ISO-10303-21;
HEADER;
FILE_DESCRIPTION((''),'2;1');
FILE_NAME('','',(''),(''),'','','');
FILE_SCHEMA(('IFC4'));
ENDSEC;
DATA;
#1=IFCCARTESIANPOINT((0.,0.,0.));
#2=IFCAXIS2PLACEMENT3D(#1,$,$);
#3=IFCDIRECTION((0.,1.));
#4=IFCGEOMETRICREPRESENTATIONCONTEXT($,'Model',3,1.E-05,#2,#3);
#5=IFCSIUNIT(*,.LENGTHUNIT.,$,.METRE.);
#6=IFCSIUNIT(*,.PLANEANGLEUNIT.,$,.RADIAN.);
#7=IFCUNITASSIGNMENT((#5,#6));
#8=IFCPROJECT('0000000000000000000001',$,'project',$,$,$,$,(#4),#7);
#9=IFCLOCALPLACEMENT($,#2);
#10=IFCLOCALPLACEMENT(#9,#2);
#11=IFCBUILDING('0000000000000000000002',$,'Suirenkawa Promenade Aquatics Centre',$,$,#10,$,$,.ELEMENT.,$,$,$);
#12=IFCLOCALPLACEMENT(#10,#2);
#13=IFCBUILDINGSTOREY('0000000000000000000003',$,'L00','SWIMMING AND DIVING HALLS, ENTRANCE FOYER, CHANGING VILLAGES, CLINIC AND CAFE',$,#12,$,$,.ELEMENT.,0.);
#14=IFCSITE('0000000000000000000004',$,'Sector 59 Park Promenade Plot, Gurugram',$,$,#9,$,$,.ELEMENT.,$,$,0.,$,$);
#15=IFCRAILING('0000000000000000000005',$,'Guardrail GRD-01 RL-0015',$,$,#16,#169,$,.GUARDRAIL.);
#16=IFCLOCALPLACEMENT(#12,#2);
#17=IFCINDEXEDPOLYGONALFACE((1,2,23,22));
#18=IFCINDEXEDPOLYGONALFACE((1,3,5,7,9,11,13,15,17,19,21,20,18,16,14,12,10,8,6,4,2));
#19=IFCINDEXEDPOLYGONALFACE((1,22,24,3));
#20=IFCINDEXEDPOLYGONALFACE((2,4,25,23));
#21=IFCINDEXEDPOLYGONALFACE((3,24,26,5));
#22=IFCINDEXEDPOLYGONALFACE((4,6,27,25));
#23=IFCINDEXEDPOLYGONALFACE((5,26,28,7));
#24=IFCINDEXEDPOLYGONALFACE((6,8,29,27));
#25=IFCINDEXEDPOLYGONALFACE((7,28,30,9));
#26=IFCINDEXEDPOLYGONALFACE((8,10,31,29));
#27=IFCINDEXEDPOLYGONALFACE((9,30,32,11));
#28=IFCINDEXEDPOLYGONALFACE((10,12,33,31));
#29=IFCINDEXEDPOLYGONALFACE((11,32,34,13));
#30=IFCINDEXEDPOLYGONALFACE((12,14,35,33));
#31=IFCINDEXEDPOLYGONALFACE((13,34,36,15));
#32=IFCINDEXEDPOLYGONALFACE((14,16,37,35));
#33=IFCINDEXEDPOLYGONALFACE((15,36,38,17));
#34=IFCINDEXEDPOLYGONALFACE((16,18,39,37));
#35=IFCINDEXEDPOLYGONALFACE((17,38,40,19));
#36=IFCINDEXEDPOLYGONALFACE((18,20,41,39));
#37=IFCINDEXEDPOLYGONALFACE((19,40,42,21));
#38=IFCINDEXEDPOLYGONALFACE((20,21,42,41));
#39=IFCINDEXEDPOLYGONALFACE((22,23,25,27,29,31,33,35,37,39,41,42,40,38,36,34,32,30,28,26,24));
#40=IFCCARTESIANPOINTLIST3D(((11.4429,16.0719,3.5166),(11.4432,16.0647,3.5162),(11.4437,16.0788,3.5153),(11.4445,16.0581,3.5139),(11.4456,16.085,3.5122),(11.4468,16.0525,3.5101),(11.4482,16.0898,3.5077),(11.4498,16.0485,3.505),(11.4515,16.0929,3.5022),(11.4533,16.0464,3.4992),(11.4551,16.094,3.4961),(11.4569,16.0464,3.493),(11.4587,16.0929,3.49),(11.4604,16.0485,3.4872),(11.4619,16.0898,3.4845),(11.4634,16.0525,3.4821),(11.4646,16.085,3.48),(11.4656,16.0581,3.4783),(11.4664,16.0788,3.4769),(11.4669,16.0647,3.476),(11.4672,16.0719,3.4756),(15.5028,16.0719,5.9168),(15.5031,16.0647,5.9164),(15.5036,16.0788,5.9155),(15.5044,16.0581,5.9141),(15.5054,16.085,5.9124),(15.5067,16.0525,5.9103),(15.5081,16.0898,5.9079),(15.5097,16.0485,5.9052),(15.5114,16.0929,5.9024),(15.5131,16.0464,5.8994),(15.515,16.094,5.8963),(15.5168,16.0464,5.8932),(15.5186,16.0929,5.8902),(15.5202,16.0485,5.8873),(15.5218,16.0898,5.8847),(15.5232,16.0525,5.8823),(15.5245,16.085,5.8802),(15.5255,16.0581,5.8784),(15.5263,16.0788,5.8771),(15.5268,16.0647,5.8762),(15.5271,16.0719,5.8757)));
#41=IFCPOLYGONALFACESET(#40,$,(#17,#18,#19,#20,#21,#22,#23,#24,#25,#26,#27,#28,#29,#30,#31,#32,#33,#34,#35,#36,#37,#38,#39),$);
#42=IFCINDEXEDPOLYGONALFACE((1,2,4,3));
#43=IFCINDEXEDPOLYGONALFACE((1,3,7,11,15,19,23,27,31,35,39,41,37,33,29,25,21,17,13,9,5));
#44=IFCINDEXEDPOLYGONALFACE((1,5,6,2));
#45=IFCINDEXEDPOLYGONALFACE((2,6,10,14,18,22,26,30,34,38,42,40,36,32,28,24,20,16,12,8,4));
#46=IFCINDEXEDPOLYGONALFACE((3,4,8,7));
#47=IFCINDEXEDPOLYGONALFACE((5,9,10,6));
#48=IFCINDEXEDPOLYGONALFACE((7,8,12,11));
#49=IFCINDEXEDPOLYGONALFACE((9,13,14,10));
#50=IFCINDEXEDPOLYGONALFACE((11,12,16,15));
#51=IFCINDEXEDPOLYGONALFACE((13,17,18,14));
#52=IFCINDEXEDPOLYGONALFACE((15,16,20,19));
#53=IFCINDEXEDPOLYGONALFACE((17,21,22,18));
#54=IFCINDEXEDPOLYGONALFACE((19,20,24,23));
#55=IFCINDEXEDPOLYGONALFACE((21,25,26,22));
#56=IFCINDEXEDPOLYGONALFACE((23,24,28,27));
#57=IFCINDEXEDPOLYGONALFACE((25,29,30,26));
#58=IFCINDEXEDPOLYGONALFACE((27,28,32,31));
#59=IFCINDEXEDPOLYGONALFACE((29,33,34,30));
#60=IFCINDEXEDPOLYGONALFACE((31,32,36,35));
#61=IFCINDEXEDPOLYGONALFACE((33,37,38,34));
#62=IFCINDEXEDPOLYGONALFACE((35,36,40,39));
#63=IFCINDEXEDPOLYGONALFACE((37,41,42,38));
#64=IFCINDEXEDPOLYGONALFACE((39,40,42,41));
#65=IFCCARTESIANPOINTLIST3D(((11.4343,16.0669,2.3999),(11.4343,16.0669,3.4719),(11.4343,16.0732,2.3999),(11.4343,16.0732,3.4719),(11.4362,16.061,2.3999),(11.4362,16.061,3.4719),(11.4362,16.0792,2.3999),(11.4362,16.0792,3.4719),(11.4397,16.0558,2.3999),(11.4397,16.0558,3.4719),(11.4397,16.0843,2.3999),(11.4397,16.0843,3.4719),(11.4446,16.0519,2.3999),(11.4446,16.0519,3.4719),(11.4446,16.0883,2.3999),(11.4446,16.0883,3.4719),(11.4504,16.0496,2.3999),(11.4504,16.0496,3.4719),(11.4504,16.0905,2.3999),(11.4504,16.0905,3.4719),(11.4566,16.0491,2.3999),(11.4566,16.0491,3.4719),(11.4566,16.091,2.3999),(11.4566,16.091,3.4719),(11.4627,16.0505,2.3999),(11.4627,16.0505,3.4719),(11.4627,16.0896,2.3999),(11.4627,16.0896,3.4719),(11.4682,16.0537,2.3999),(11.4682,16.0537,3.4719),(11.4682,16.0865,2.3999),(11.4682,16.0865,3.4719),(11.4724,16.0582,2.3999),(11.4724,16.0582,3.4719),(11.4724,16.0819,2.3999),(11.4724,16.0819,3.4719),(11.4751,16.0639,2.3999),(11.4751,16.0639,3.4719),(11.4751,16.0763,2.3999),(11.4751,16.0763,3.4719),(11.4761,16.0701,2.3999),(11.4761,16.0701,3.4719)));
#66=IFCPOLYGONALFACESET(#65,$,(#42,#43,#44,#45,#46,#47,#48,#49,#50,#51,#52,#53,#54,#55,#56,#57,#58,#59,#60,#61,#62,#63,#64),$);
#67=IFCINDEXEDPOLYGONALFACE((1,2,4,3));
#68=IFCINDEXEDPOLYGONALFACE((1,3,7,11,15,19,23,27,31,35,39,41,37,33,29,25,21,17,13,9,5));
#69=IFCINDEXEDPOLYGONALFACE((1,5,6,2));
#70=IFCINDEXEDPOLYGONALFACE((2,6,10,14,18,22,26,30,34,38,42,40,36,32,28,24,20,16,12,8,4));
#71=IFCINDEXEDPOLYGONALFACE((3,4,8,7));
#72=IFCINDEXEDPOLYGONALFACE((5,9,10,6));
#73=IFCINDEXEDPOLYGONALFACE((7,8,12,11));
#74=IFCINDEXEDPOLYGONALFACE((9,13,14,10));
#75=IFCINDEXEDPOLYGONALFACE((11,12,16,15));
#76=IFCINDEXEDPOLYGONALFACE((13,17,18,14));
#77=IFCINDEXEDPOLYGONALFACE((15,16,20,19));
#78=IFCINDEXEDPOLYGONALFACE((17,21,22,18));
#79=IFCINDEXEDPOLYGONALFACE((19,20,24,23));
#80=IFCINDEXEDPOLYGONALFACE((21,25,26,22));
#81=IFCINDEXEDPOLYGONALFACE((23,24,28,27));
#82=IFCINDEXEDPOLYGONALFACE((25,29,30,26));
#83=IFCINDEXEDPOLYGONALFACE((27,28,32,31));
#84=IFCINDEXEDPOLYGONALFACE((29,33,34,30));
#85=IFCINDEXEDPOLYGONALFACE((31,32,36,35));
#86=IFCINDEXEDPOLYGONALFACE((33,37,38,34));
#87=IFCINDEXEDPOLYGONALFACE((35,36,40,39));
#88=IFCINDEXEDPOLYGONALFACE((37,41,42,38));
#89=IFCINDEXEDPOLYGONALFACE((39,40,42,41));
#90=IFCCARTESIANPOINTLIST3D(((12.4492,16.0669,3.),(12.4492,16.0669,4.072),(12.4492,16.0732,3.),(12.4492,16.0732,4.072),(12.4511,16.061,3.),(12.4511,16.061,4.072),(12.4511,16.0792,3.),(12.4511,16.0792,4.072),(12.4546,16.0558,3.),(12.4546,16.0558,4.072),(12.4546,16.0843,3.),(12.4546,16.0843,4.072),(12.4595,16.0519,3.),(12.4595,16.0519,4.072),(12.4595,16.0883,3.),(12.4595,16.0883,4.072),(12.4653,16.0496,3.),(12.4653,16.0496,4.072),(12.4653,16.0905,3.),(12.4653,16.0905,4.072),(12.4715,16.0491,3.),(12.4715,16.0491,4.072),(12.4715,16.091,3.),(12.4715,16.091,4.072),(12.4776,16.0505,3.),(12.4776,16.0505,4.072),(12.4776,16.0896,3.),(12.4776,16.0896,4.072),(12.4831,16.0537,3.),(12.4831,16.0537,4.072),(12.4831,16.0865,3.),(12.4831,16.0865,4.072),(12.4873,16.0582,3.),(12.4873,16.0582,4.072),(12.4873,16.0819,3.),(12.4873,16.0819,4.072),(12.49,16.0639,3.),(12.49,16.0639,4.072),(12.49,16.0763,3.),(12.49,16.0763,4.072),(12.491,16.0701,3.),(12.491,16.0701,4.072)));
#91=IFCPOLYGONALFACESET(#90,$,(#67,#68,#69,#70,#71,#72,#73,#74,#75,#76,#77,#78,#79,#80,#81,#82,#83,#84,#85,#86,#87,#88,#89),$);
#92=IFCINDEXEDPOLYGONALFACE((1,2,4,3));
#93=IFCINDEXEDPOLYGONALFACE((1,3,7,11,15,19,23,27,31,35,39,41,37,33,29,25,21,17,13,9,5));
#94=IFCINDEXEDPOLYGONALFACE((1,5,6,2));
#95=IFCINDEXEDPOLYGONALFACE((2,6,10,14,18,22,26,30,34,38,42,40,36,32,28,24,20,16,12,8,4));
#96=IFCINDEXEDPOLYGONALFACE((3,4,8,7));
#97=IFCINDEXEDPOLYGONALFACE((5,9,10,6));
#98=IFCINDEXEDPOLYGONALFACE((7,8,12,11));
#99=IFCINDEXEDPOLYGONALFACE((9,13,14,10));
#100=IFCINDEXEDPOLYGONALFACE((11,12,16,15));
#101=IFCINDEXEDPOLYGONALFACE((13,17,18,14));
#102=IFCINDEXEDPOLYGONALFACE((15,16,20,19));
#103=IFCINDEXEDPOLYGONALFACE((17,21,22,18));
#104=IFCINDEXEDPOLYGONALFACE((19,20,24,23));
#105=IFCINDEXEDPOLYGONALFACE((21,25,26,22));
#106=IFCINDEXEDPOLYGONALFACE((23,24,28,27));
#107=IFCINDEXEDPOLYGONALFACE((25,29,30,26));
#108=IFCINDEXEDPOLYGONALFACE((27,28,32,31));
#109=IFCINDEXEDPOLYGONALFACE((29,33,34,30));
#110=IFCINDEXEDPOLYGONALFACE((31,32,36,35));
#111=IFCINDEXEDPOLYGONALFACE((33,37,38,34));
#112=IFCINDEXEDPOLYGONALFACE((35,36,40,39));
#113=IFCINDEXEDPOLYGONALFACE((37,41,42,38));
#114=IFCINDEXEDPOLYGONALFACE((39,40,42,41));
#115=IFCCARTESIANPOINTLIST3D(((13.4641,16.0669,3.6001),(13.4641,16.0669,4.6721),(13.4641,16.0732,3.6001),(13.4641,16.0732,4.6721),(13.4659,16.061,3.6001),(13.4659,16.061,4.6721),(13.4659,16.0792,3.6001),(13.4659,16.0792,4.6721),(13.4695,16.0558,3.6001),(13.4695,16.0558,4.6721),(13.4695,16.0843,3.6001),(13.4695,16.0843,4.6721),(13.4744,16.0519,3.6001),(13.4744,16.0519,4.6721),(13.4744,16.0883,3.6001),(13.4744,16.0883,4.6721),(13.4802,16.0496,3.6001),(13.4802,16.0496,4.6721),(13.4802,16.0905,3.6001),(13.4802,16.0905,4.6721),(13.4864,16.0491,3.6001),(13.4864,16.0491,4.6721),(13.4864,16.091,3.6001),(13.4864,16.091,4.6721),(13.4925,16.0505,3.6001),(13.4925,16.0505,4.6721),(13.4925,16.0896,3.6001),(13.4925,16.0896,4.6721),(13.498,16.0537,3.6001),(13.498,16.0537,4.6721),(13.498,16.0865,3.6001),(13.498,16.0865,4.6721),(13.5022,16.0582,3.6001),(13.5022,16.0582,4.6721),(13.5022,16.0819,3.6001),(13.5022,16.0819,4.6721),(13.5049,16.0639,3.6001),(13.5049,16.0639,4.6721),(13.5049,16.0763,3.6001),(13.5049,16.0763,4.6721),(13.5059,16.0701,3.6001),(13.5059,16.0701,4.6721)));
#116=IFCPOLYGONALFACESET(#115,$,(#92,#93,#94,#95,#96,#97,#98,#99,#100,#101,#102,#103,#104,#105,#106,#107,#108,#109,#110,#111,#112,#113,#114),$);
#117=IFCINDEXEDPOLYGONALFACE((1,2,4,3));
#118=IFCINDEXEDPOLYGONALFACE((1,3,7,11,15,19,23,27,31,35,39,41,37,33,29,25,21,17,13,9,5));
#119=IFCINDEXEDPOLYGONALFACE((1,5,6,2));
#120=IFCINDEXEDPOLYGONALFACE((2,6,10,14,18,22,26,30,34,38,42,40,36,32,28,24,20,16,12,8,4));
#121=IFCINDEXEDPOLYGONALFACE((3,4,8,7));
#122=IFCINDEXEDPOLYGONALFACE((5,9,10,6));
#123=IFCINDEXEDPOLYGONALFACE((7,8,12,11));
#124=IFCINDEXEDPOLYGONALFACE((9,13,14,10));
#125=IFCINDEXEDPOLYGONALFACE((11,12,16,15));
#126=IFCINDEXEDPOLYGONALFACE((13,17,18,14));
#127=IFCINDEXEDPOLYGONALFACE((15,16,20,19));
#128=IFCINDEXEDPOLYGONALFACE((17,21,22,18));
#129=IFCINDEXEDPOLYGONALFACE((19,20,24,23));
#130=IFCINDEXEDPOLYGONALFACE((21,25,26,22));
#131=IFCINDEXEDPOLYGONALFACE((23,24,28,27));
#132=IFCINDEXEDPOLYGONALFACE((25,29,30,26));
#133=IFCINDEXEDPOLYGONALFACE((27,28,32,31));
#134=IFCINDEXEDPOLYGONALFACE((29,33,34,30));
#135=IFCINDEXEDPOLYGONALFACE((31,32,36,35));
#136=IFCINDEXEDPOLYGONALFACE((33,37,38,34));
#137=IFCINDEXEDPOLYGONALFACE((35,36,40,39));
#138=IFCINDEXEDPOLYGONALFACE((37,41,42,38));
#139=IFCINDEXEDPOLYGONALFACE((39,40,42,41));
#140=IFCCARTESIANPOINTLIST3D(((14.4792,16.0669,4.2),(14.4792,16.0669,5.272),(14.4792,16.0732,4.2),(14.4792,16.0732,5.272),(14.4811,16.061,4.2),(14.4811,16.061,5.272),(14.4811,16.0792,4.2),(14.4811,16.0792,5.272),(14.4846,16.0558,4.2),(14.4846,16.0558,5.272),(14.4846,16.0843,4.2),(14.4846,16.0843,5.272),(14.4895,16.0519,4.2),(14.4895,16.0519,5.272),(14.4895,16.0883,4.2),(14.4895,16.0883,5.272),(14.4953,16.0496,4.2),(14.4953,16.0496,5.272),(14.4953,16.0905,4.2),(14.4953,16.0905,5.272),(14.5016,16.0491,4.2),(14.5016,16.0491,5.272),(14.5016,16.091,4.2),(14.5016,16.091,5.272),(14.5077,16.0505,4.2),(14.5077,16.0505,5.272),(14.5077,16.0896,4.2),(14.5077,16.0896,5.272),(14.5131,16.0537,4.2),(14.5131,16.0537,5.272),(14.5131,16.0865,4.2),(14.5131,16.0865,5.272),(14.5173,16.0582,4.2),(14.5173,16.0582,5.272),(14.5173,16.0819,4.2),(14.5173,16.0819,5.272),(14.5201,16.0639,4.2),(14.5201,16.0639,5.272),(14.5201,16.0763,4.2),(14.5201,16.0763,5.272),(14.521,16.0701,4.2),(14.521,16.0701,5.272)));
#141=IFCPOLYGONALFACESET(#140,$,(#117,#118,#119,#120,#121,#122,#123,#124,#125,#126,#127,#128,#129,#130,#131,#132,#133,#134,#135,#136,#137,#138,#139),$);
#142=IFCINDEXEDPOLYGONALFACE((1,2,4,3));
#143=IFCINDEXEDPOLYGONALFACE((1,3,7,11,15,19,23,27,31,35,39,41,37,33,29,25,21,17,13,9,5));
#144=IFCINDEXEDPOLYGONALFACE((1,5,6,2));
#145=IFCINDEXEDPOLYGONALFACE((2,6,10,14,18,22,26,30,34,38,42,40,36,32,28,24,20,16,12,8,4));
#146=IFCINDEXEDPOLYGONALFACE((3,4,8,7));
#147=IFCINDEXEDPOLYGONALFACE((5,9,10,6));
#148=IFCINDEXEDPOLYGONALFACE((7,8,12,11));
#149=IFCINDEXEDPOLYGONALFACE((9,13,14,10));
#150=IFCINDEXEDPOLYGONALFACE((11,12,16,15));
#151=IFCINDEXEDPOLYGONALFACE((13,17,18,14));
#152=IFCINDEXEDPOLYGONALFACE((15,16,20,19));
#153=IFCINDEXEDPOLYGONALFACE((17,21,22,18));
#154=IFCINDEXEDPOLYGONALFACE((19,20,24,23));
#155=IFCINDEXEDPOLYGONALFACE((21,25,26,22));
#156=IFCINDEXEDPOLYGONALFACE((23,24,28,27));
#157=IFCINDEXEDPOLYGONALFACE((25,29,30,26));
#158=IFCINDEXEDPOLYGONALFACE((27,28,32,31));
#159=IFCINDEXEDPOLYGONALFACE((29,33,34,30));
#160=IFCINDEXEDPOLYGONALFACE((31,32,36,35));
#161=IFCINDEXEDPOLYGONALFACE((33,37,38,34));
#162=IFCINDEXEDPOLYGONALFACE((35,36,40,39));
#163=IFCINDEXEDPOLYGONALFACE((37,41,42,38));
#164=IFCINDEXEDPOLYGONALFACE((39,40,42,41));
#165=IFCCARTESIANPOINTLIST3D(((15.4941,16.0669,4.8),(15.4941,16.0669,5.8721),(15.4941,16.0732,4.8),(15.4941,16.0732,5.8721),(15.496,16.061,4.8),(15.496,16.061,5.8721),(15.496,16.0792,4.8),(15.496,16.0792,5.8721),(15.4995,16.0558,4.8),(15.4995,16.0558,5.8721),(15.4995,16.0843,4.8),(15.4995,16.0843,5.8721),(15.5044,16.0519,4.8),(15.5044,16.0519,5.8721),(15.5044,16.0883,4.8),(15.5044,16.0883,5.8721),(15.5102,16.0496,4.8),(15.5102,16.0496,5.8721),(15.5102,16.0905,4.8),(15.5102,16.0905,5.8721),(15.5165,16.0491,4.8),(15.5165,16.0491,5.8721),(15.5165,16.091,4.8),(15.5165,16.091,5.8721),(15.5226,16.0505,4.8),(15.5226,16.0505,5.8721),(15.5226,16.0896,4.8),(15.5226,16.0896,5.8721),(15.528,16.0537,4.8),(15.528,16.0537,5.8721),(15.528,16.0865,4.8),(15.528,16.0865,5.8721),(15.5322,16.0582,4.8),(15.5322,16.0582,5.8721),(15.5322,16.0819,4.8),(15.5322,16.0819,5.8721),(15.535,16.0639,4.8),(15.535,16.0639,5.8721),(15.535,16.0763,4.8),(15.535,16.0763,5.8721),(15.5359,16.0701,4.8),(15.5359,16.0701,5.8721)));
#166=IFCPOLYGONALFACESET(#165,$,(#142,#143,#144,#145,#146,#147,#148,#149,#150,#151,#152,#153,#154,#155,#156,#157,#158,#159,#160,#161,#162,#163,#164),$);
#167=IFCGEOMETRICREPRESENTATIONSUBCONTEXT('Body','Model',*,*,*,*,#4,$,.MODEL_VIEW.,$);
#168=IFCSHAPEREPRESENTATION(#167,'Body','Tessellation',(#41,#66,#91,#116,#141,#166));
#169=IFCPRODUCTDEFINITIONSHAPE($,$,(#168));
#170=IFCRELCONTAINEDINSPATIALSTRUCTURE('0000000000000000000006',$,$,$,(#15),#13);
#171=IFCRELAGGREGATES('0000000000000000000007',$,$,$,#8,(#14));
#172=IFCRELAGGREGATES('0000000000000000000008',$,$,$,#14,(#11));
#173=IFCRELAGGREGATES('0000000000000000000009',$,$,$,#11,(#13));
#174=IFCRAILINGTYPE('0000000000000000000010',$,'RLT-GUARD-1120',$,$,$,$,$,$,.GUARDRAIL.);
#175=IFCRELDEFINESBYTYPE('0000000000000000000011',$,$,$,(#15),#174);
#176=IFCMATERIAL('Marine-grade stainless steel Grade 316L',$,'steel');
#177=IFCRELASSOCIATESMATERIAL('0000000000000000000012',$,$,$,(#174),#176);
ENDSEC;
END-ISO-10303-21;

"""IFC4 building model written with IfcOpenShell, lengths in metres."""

from ifc_helpers import new_model, si_unit, direction, frame, origin, origin_2d, place, context, subcontext, project, spatial, circle, extrude, material, type_object, element, save


model = new_model("IFC4")

# Units and contexts
model_context = context("Model", 3, precision=1e-05, world=origin(), true_north=direction((0.0, 1.0)))
body_context = subcontext(model_context, "Body", "Model", "MODEL_VIEW")
ifc_project = project(units=[si_unit("LENGTHUNIT", "METRE"), si_unit("PLANEANGLEUNIT", "RADIAN")], contexts=[model_context])

# Site, building, storey
site_placement = place(None, origin())
site = spatial("IfcSite", under=ifc_project, at=site_placement, Name="Sector 59 Park Promenade Plot, Gurugram", CompositionType="ELEMENT", RefElevation=0.0)
building_placement = place(site_placement, origin())
building = spatial("IfcBuilding", under=site, at=building_placement, Name="Suirenkawa Promenade Aquatics Centre", CompositionType="ELEMENT")
storey_placement = place(building_placement, origin())
storey = spatial("IfcBuildingStorey", under=building, at=storey_placement, Name="L00", Description="SWIMMING AND DIVING HALLS, ENTRANCE FOYER, CHANGING VILLAGES, CLINIC AND CAFE", CompositionType="ELEMENT", Elevation=0.0)

# Railing
ifc_material_1 = material(Name="Marine-grade stainless steel Grade 316L", Category="steel")
railing_type_1 = type_object("IfcRailingType", Name="RLT-GUARD-1120", PredefinedType="GUARDRAIL", material=ifc_material_1)
for number, where, name in (
    (1, (11.4551, 16.0701, 2.3999), "Guardrail GRD-01 RL-0015"),
):
    element("IfcRailing", number, at=place(storey_placement, frame(where)), inside=storey, type_object=railing_type_1, Name=name, PredefinedType="GUARDRAIL", context=body_context, shape_type="SweptSolid", body=[
        extrude(circle(Radius=0.0239, at=origin_2d()), frame((0.0, 0.0, 1.0962), z_axis=(0.860818, 0.0, 0.508912), x_axis=(0.0, 1.0, 0.0)), (0.0, 0.0, 1.0), 4.7163),
        extrude(circle(Radius=0.021, at=origin_2d()), origin(), (0.0, 0.0, 1.0), 1.072),
        extrude(circle(Radius=0.021, at=origin_2d()), frame((1.0149, 0.0, 0.6001)), (0.0, 0.0, 1.0), 1.072),
        extrude(circle(Radius=0.021, at=origin_2d()), frame((2.0298, 0.0, 1.2002)), (0.0, 0.0, 1.0), 1.072),
        extrude(circle(Radius=0.021, at=origin_2d()), frame((3.0449, 0.0, 1.8)), (0.0, 0.0, 1.0), 1.072),
        extrude(circle(Radius=0.021, at=origin_2d()), frame((4.0598, 0.0, 2.4001)), (0.0, 0.0, 1.0), 1.072),
    ])

save(model, "model.ifc")
